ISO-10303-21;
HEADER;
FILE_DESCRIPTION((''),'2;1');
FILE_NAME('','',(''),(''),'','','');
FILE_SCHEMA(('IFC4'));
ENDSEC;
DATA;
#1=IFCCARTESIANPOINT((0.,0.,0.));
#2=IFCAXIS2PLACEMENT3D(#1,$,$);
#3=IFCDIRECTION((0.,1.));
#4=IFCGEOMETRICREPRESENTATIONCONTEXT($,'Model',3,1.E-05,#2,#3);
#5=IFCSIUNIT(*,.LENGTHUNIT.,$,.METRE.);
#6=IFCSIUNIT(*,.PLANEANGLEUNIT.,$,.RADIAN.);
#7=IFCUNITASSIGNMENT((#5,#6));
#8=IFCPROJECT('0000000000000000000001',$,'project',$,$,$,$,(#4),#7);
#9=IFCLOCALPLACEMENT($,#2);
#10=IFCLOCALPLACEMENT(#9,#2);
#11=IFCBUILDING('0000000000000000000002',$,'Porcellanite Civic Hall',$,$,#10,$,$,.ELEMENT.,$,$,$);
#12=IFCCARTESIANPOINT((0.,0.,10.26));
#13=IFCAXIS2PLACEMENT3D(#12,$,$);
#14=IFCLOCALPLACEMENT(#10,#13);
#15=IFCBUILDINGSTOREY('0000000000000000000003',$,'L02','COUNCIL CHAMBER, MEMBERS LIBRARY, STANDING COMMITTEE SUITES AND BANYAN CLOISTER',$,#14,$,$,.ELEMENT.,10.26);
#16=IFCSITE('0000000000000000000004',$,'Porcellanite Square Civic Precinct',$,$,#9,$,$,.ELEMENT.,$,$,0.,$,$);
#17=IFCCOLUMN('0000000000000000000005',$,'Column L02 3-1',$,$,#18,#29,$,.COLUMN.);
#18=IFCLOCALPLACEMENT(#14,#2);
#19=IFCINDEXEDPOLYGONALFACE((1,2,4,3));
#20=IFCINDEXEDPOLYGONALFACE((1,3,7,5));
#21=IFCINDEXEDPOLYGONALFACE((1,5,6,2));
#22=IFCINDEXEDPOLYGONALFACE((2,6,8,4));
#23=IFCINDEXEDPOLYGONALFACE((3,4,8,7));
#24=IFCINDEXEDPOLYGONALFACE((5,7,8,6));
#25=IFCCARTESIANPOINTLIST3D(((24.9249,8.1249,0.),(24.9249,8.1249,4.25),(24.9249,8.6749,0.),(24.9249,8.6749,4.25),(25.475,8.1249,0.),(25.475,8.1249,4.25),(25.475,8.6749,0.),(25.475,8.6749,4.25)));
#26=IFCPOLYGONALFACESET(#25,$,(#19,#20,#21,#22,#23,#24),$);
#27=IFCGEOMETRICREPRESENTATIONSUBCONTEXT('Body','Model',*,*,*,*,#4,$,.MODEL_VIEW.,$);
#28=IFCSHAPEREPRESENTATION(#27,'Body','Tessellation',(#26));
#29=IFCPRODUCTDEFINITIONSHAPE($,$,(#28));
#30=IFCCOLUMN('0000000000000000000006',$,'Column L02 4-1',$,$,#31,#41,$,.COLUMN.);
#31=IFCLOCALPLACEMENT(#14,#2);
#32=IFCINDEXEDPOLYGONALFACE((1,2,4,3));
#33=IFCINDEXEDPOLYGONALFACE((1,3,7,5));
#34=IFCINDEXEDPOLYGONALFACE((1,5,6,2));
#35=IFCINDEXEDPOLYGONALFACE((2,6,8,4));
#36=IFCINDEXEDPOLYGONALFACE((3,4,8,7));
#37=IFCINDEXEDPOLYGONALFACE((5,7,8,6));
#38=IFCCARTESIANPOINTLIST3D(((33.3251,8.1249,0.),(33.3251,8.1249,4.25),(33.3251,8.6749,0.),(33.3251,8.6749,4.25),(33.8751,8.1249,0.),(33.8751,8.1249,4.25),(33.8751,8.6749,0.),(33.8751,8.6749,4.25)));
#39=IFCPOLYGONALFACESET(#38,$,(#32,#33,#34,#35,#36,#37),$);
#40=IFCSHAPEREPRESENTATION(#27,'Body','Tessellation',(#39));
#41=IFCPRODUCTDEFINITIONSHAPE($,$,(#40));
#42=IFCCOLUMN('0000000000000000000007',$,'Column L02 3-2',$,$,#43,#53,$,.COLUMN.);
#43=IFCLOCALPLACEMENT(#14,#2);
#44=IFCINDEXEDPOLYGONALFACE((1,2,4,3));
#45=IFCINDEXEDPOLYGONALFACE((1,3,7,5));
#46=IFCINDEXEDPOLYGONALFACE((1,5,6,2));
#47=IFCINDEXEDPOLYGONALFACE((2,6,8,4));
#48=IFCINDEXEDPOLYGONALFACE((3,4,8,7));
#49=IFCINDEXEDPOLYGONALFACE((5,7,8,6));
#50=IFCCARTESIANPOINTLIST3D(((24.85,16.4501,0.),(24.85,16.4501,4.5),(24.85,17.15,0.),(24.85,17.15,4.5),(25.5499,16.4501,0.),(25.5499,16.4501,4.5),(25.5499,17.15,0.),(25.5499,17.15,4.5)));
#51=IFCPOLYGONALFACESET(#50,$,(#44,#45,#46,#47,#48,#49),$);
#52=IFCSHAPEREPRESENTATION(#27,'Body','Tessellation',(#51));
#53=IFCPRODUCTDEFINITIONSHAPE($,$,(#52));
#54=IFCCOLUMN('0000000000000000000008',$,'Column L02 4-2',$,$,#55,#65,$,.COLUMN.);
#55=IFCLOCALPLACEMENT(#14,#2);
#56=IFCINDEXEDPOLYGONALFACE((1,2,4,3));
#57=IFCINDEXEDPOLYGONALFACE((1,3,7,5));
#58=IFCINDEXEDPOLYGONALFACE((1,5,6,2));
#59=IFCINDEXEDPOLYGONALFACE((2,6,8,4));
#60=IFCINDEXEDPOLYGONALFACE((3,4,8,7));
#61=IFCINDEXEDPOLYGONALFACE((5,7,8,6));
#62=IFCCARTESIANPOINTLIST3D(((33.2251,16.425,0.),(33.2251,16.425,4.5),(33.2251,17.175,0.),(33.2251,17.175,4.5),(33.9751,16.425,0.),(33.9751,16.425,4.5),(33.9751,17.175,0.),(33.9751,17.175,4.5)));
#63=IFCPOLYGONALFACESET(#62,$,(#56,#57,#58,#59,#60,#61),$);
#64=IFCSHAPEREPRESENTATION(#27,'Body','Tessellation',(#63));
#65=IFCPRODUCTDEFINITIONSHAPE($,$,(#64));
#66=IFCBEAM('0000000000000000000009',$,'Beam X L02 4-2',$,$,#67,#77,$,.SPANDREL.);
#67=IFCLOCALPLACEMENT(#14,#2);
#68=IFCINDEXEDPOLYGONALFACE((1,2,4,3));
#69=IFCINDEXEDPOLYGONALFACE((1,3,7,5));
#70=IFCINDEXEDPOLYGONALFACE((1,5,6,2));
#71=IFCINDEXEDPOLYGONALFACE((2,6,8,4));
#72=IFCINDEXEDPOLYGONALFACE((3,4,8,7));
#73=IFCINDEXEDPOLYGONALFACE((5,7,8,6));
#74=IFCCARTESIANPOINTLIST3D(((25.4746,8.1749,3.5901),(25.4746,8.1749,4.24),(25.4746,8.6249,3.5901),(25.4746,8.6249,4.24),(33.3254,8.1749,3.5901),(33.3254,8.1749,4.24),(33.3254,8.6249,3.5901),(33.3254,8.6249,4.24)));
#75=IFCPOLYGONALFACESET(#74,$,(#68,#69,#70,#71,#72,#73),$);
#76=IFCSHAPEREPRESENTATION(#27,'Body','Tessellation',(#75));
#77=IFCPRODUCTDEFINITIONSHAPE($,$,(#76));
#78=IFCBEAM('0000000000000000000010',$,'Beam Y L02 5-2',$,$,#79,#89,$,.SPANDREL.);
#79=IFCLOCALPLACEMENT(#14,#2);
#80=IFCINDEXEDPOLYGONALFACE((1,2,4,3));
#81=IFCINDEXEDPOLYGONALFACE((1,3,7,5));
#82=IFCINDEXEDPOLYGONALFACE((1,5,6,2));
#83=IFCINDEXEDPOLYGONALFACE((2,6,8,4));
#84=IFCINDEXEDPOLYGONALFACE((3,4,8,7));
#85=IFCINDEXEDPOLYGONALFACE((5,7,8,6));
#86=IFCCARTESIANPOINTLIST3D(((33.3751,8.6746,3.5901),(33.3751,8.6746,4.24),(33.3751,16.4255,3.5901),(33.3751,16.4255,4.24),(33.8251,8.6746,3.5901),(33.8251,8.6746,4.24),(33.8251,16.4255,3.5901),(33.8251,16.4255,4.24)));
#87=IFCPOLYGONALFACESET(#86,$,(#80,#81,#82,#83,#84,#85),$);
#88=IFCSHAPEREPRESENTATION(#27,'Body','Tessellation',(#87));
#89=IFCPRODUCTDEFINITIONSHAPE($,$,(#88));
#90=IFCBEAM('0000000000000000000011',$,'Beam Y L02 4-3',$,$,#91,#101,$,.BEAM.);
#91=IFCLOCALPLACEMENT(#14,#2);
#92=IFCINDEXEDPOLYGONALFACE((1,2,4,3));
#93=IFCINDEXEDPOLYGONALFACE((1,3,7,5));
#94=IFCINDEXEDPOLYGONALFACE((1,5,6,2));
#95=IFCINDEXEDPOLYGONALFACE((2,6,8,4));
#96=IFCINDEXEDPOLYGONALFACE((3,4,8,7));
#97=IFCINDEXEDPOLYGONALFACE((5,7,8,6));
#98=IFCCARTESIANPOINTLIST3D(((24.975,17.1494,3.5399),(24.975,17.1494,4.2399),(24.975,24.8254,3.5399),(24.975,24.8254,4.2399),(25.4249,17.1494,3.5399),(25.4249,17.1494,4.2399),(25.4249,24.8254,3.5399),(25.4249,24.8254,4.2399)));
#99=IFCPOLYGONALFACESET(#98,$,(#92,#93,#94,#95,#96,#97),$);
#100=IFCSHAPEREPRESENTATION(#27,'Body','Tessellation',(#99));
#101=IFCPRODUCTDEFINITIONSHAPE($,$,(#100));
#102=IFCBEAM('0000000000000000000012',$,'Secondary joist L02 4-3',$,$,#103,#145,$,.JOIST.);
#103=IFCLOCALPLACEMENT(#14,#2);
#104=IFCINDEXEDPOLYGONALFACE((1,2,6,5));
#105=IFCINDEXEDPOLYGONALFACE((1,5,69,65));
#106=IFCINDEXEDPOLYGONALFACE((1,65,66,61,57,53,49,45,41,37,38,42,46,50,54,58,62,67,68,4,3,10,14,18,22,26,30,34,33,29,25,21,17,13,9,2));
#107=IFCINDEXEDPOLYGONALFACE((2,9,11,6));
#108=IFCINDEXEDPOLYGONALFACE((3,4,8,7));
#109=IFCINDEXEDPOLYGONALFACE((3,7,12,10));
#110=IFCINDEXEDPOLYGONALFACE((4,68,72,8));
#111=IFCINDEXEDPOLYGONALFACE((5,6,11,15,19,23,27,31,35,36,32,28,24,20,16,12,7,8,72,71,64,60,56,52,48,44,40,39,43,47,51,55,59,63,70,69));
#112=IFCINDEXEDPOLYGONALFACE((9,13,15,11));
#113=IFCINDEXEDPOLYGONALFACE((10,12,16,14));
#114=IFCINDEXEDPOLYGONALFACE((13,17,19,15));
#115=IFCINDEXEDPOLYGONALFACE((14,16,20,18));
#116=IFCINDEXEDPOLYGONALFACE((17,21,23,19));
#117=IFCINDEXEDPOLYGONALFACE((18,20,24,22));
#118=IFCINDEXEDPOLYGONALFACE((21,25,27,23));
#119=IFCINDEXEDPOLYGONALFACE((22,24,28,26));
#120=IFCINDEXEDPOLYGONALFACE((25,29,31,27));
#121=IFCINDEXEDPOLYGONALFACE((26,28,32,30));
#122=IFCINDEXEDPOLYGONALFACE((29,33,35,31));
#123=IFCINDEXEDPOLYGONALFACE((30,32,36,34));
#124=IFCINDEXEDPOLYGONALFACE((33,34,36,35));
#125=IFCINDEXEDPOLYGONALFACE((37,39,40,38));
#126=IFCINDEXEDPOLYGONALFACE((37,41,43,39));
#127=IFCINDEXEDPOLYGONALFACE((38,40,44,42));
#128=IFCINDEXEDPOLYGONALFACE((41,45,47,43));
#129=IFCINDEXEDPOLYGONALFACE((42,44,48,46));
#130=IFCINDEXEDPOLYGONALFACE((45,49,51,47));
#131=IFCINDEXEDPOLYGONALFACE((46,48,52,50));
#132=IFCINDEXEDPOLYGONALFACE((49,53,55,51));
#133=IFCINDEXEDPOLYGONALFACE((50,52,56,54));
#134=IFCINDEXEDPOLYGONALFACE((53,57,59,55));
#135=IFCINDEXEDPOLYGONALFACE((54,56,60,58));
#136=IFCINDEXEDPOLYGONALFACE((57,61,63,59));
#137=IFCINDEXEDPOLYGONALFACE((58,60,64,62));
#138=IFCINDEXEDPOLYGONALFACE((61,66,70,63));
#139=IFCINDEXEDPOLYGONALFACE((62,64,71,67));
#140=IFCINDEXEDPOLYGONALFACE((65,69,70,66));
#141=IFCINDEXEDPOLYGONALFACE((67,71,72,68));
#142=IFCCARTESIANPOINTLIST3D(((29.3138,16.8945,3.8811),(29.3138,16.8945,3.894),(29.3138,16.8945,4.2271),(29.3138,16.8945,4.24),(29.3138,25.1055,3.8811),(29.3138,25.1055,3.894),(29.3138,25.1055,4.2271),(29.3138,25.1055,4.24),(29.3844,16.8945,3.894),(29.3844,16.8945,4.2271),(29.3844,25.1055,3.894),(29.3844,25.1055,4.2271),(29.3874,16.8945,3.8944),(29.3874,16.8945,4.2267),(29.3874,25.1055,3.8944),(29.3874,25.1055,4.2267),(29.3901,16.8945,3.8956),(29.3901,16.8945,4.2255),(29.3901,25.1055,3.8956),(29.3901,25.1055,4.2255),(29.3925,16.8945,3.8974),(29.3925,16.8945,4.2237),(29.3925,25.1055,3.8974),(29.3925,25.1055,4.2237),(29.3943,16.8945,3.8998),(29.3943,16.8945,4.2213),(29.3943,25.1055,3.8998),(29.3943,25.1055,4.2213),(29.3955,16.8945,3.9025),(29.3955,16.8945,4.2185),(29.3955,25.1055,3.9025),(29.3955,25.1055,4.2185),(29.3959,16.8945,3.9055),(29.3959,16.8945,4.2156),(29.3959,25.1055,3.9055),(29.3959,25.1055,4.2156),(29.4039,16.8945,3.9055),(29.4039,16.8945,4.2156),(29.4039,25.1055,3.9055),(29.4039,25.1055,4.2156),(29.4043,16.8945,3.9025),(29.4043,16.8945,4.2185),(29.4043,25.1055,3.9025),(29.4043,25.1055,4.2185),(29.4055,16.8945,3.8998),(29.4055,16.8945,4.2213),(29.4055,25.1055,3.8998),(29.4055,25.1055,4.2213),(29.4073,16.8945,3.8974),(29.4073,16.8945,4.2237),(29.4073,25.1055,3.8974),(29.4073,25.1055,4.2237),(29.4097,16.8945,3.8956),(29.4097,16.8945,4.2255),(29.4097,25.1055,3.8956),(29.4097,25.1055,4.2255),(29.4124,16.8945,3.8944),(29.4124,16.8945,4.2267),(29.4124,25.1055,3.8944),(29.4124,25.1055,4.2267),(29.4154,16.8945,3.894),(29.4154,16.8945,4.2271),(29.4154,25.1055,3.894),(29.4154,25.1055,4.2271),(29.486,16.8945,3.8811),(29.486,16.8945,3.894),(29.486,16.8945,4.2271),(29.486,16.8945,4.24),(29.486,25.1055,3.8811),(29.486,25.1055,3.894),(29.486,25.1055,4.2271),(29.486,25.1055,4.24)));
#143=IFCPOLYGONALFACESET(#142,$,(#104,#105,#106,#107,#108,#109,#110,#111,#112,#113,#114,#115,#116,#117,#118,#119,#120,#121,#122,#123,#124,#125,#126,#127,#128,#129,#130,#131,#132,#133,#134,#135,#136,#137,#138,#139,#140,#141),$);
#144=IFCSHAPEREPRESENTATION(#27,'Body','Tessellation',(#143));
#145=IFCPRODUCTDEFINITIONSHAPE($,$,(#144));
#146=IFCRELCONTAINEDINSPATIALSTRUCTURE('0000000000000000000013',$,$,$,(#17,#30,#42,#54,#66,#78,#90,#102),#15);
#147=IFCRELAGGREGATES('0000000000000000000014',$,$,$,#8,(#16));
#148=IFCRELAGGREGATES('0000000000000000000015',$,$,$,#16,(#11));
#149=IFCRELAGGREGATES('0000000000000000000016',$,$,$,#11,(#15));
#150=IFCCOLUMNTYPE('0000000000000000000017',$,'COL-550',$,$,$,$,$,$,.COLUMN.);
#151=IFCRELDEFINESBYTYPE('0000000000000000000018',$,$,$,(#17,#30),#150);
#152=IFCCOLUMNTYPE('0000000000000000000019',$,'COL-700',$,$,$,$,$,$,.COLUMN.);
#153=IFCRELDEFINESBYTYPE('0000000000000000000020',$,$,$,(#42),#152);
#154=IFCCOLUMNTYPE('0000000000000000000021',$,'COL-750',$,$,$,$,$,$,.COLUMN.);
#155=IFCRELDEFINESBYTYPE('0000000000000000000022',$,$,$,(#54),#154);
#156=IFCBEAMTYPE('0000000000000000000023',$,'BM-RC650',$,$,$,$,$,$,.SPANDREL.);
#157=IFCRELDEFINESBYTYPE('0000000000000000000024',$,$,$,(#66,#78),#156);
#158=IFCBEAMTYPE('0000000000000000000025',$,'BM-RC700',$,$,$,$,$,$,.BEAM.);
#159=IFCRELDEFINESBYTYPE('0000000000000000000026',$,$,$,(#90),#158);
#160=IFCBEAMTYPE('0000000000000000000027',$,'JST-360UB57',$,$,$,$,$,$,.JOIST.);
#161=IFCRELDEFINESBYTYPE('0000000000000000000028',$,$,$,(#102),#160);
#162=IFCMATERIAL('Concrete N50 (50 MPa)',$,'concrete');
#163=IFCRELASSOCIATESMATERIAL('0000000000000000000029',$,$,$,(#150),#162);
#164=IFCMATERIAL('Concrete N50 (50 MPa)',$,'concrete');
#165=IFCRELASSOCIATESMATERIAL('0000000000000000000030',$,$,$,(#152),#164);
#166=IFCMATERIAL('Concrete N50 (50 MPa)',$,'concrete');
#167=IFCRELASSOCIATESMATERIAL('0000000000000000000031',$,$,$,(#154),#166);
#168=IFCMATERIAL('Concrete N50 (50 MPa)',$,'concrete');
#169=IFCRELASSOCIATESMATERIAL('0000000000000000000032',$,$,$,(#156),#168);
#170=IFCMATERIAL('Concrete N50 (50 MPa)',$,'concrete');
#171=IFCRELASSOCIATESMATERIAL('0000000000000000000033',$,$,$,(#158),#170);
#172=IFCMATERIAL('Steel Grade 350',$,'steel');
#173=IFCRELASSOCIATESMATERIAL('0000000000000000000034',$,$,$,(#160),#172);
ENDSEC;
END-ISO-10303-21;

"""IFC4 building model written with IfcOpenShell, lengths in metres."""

from ifc_helpers import new_model, si_unit, direction, frame, origin, origin_2d, place, context, subcontext, project, spatial, rectangle, i_section, extrude, material, material_profile, profile_set, type_object, element, save


model = new_model("IFC4")

# Units and contexts
model_context = context("Model", 3, precision=1e-05, world=origin(), true_north=direction((0.0, 1.0)))
body_context = subcontext(model_context, "Body", "Model", "MODEL_VIEW")
ifc_project = project(units=[si_unit("LENGTHUNIT", "METRE"), si_unit("PLANEANGLEUNIT", "RADIAN")], contexts=[model_context])

# Site, building, storey
site_placement = place(None, origin())
site = spatial("IfcSite", under=ifc_project, at=site_placement, Name="Porcellanite Square Civic Precinct", CompositionType="ELEMENT", RefElevation=0.0)
building_placement = place(site_placement, origin())
building = spatial("IfcBuilding", under=site, at=building_placement, Name="Porcellanite Civic Hall", CompositionType="ELEMENT")
storey_placement = place(building_placement, frame((0.0, 0.0, 10.26)))
storey = spatial("IfcBuildingStorey", under=building, at=storey_placement, Name="L02", Description="COUNCIL CHAMBER, MEMBERS LIBRARY, STANDING COMMITTEE SUITES AND BANYAN CLOISTER", CompositionType="ELEMENT", Elevation=10.26)

# Columns
ifc_material_1 = material(Name="Concrete N50 (50 MPa)", Category="concrete")
ifc_material_profile_1 = material_profile(ifc_material_1, rectangle(XDim=0.55, YDim=0.55, at=origin_2d()), Name="RC-550x550")
ifc_profile_set_1 = profile_set([ifc_material_profile_1], Name="Concrete N50 (50 MPa)")
column_type_1 = type_object("IfcColumnType", Name="COL-550", PredefinedType="COLUMN", material=ifc_profile_set_1)
for number, where, z_axis, x_axis, name in (
    (1, (25.2, 8.3999, 0.0), (0.0, 0.0, 1.0), (1.0, 0.0, 0.0), "Column L02 3-1"),
    (2, (33.6001, 8.3999, 0.0), (0.0, 0.0, 1.0), (1.0, 0.0, 0.0), "Column L02 4-1"),
):
    element("IfcColumn", number, at=place(storey_placement, frame(where, z_axis=z_axis, x_axis=x_axis)), inside=storey, type_object=column_type_1, Name=name, PredefinedType="COLUMN", context=body_context, shape_type="SweptSolid", body=[
        extrude(rectangle(XDim=0.55, YDim=0.55, at=origin_2d()), origin(), (0.0, 0.0, 1.0), 4.25),
    ])
ifc_material_2 = material(Name="Concrete N50 (50 MPa)", Category="concrete")
ifc_material_profile_2 = material_profile(ifc_material_2, rectangle(XDim=0.7, YDim=0.7, at=origin_2d()), Name="RC-700x700")
ifc_profile_set_2 = profile_set([ifc_material_profile_2], Name="Concrete N50 (50 MPa)")
column_type_2 = type_object("IfcColumnType", Name="COL-700", PredefinedType="COLUMN", material=ifc_profile_set_2)
column_1_placement = place(storey_placement, frame((25.2, 16.8, 0.0), z_axis=(0.0, 0.0, 1.0), x_axis=(1.0, 0.0, 0.0)))
element("IfcColumn", 3, at=column_1_placement, inside=storey, type_object=column_type_2, Name="Column L02 3-2", PredefinedType="COLUMN", context=body_context, shape_type="SweptSolid", body=[
    extrude(rectangle(XDim=0.7, YDim=0.7, at=origin_2d()), origin(), (0.0, 0.0, 1.0), 4.5),
])
ifc_material_3 = material(Name="Concrete N50 (50 MPa)", Category="concrete")
ifc_material_profile_3 = material_profile(ifc_material_3, rectangle(XDim=0.75, YDim=0.75, at=origin_2d()), Name="RC-750x750")
ifc_profile_set_3 = profile_set([ifc_material_profile_3], Name="Concrete N50 (50 MPa)")
column_type_3 = type_object("IfcColumnType", Name="COL-750", PredefinedType="COLUMN", material=ifc_profile_set_3)
column_2_placement = place(storey_placement, frame((33.6001, 16.8, 0.0), z_axis=(0.0, 0.0, 1.0), x_axis=(1.0, 0.0, 0.0)))
element("IfcColumn", 4, at=column_2_placement, inside=storey, type_object=column_type_3, Name="Column L02 4-2", PredefinedType="COLUMN", context=body_context, shape_type="SweptSolid", body=[
    extrude(rectangle(XDim=0.75, YDim=0.75, at=origin_2d()), origin(), (0.0, 0.0, 1.0), 4.5),
])

# Beams
ifc_material_4 = material(Name="Concrete N50 (50 MPa)", Category="concrete")
ifc_material_profile_4 = material_profile(ifc_material_4, rectangle(XDim=0.45, YDim=0.6499, at=origin_2d()), Name="RC-450x650")
ifc_profile_set_4 = profile_set([ifc_material_profile_4], Name="Concrete N50 (50 MPa)")
beam_type_1 = type_object("IfcBeamType", Name="BM-RC650", PredefinedType="SPANDREL", material=ifc_profile_set_4)
beam_1_placement = place(storey_placement, frame((25.4746, 8.3999, 3.915), z_axis=(1.0, 0.0, 0.0), x_axis=(0.0, 1.0, 0.0)))
element("IfcBeam", 5, at=beam_1_placement, inside=storey, type_object=beam_type_1, Name="Beam X L02 4-2", PredefinedType="SPANDREL", context=body_context, shape_type="SweptSolid", body=[
    extrude(rectangle(XDim=0.45, YDim=0.6499, at=origin_2d()), origin(), (0.0, 0.0, 1.0), 7.8508),
])
beam_2_placement = place(storey_placement, frame((33.6001, 8.6746, 3.915), z_axis=(0.0, 1.0, 0.0), x_axis=(-1.0, 0.0, 0.0)))
element("IfcBeam", 6, at=beam_2_placement, inside=storey, type_object=beam_type_1, Name="Beam Y L02 5-2", PredefinedType="SPANDREL", context=body_context, shape_type="SweptSolid", body=[
    extrude(rectangle(XDim=0.45, YDim=0.6499, at=origin_2d()), origin(), (0.0, 0.0, 1.0), 7.751),
])
ifc_material_5 = material(Name="Concrete N50 (50 MPa)", Category="concrete")
ifc_material_profile_5 = material_profile(ifc_material_5, rectangle(XDim=0.45, YDim=0.7, at=origin_2d()), Name="RC-450x700")
ifc_profile_set_5 = profile_set([ifc_material_profile_5], Name="Concrete N50 (50 MPa)")
beam_type_2 = type_object("IfcBeamType", Name="BM-RC700", PredefinedType="BEAM", material=ifc_profile_set_5)
beam_3_placement = place(storey_placement, frame((25.2, 17.1494, 3.8899), z_axis=(0.0, 1.0, 0.0), x_axis=(-1.0, 0.0, 0.0)))
element("IfcBeam", 7, at=beam_3_placement, inside=storey, type_object=beam_type_2, Name="Beam Y L02 4-3", PredefinedType="BEAM", context=body_context, shape_type="SweptSolid", body=[
    extrude(rectangle(XDim=0.45, YDim=0.7, at=origin_2d()), origin(), (0.0, 0.0, 1.0), 7.676),
])
ifc_material_6 = material(Name="Steel Grade 350", Category="steel")
ifc_material_profile_6 = material_profile(ifc_material_6, i_section(OverallWidth=0.1721, OverallDepth=0.3589, WebThickness=0.0081, FlangeThickness=0.0129, FilletRadius=0.0115, at=origin_2d()), Name="360UB56.7")
ifc_profile_set_6 = profile_set([ifc_material_profile_6], Name="Steel Grade 350")
beam_type_3 = type_object("IfcBeamType", Name="JST-360UB57", PredefinedType="JOIST", material=ifc_profile_set_6)
beam_4_placement = place(storey_placement, frame((29.3999, 16.8945, 4.0605), z_axis=(0.0, 1.0, 0.0), x_axis=(-1.0, 0.0, 0.0)))
element("IfcBeam", 8, at=beam_4_placement, inside=storey, type_object=beam_type_3, Name="Secondary joist L02 4-3", PredefinedType="JOIST", context=body_context, shape_type="SweptSolid", body=[
    extrude(i_section(OverallWidth=0.1721, OverallDepth=0.3589, WebThickness=0.0081, FlangeThickness=0.0129, FilletRadius=0.0115, at=origin_2d()), origin(), (0.0, 0.0, 1.0), 8.2109),
])

save(model, "model.ifc")
